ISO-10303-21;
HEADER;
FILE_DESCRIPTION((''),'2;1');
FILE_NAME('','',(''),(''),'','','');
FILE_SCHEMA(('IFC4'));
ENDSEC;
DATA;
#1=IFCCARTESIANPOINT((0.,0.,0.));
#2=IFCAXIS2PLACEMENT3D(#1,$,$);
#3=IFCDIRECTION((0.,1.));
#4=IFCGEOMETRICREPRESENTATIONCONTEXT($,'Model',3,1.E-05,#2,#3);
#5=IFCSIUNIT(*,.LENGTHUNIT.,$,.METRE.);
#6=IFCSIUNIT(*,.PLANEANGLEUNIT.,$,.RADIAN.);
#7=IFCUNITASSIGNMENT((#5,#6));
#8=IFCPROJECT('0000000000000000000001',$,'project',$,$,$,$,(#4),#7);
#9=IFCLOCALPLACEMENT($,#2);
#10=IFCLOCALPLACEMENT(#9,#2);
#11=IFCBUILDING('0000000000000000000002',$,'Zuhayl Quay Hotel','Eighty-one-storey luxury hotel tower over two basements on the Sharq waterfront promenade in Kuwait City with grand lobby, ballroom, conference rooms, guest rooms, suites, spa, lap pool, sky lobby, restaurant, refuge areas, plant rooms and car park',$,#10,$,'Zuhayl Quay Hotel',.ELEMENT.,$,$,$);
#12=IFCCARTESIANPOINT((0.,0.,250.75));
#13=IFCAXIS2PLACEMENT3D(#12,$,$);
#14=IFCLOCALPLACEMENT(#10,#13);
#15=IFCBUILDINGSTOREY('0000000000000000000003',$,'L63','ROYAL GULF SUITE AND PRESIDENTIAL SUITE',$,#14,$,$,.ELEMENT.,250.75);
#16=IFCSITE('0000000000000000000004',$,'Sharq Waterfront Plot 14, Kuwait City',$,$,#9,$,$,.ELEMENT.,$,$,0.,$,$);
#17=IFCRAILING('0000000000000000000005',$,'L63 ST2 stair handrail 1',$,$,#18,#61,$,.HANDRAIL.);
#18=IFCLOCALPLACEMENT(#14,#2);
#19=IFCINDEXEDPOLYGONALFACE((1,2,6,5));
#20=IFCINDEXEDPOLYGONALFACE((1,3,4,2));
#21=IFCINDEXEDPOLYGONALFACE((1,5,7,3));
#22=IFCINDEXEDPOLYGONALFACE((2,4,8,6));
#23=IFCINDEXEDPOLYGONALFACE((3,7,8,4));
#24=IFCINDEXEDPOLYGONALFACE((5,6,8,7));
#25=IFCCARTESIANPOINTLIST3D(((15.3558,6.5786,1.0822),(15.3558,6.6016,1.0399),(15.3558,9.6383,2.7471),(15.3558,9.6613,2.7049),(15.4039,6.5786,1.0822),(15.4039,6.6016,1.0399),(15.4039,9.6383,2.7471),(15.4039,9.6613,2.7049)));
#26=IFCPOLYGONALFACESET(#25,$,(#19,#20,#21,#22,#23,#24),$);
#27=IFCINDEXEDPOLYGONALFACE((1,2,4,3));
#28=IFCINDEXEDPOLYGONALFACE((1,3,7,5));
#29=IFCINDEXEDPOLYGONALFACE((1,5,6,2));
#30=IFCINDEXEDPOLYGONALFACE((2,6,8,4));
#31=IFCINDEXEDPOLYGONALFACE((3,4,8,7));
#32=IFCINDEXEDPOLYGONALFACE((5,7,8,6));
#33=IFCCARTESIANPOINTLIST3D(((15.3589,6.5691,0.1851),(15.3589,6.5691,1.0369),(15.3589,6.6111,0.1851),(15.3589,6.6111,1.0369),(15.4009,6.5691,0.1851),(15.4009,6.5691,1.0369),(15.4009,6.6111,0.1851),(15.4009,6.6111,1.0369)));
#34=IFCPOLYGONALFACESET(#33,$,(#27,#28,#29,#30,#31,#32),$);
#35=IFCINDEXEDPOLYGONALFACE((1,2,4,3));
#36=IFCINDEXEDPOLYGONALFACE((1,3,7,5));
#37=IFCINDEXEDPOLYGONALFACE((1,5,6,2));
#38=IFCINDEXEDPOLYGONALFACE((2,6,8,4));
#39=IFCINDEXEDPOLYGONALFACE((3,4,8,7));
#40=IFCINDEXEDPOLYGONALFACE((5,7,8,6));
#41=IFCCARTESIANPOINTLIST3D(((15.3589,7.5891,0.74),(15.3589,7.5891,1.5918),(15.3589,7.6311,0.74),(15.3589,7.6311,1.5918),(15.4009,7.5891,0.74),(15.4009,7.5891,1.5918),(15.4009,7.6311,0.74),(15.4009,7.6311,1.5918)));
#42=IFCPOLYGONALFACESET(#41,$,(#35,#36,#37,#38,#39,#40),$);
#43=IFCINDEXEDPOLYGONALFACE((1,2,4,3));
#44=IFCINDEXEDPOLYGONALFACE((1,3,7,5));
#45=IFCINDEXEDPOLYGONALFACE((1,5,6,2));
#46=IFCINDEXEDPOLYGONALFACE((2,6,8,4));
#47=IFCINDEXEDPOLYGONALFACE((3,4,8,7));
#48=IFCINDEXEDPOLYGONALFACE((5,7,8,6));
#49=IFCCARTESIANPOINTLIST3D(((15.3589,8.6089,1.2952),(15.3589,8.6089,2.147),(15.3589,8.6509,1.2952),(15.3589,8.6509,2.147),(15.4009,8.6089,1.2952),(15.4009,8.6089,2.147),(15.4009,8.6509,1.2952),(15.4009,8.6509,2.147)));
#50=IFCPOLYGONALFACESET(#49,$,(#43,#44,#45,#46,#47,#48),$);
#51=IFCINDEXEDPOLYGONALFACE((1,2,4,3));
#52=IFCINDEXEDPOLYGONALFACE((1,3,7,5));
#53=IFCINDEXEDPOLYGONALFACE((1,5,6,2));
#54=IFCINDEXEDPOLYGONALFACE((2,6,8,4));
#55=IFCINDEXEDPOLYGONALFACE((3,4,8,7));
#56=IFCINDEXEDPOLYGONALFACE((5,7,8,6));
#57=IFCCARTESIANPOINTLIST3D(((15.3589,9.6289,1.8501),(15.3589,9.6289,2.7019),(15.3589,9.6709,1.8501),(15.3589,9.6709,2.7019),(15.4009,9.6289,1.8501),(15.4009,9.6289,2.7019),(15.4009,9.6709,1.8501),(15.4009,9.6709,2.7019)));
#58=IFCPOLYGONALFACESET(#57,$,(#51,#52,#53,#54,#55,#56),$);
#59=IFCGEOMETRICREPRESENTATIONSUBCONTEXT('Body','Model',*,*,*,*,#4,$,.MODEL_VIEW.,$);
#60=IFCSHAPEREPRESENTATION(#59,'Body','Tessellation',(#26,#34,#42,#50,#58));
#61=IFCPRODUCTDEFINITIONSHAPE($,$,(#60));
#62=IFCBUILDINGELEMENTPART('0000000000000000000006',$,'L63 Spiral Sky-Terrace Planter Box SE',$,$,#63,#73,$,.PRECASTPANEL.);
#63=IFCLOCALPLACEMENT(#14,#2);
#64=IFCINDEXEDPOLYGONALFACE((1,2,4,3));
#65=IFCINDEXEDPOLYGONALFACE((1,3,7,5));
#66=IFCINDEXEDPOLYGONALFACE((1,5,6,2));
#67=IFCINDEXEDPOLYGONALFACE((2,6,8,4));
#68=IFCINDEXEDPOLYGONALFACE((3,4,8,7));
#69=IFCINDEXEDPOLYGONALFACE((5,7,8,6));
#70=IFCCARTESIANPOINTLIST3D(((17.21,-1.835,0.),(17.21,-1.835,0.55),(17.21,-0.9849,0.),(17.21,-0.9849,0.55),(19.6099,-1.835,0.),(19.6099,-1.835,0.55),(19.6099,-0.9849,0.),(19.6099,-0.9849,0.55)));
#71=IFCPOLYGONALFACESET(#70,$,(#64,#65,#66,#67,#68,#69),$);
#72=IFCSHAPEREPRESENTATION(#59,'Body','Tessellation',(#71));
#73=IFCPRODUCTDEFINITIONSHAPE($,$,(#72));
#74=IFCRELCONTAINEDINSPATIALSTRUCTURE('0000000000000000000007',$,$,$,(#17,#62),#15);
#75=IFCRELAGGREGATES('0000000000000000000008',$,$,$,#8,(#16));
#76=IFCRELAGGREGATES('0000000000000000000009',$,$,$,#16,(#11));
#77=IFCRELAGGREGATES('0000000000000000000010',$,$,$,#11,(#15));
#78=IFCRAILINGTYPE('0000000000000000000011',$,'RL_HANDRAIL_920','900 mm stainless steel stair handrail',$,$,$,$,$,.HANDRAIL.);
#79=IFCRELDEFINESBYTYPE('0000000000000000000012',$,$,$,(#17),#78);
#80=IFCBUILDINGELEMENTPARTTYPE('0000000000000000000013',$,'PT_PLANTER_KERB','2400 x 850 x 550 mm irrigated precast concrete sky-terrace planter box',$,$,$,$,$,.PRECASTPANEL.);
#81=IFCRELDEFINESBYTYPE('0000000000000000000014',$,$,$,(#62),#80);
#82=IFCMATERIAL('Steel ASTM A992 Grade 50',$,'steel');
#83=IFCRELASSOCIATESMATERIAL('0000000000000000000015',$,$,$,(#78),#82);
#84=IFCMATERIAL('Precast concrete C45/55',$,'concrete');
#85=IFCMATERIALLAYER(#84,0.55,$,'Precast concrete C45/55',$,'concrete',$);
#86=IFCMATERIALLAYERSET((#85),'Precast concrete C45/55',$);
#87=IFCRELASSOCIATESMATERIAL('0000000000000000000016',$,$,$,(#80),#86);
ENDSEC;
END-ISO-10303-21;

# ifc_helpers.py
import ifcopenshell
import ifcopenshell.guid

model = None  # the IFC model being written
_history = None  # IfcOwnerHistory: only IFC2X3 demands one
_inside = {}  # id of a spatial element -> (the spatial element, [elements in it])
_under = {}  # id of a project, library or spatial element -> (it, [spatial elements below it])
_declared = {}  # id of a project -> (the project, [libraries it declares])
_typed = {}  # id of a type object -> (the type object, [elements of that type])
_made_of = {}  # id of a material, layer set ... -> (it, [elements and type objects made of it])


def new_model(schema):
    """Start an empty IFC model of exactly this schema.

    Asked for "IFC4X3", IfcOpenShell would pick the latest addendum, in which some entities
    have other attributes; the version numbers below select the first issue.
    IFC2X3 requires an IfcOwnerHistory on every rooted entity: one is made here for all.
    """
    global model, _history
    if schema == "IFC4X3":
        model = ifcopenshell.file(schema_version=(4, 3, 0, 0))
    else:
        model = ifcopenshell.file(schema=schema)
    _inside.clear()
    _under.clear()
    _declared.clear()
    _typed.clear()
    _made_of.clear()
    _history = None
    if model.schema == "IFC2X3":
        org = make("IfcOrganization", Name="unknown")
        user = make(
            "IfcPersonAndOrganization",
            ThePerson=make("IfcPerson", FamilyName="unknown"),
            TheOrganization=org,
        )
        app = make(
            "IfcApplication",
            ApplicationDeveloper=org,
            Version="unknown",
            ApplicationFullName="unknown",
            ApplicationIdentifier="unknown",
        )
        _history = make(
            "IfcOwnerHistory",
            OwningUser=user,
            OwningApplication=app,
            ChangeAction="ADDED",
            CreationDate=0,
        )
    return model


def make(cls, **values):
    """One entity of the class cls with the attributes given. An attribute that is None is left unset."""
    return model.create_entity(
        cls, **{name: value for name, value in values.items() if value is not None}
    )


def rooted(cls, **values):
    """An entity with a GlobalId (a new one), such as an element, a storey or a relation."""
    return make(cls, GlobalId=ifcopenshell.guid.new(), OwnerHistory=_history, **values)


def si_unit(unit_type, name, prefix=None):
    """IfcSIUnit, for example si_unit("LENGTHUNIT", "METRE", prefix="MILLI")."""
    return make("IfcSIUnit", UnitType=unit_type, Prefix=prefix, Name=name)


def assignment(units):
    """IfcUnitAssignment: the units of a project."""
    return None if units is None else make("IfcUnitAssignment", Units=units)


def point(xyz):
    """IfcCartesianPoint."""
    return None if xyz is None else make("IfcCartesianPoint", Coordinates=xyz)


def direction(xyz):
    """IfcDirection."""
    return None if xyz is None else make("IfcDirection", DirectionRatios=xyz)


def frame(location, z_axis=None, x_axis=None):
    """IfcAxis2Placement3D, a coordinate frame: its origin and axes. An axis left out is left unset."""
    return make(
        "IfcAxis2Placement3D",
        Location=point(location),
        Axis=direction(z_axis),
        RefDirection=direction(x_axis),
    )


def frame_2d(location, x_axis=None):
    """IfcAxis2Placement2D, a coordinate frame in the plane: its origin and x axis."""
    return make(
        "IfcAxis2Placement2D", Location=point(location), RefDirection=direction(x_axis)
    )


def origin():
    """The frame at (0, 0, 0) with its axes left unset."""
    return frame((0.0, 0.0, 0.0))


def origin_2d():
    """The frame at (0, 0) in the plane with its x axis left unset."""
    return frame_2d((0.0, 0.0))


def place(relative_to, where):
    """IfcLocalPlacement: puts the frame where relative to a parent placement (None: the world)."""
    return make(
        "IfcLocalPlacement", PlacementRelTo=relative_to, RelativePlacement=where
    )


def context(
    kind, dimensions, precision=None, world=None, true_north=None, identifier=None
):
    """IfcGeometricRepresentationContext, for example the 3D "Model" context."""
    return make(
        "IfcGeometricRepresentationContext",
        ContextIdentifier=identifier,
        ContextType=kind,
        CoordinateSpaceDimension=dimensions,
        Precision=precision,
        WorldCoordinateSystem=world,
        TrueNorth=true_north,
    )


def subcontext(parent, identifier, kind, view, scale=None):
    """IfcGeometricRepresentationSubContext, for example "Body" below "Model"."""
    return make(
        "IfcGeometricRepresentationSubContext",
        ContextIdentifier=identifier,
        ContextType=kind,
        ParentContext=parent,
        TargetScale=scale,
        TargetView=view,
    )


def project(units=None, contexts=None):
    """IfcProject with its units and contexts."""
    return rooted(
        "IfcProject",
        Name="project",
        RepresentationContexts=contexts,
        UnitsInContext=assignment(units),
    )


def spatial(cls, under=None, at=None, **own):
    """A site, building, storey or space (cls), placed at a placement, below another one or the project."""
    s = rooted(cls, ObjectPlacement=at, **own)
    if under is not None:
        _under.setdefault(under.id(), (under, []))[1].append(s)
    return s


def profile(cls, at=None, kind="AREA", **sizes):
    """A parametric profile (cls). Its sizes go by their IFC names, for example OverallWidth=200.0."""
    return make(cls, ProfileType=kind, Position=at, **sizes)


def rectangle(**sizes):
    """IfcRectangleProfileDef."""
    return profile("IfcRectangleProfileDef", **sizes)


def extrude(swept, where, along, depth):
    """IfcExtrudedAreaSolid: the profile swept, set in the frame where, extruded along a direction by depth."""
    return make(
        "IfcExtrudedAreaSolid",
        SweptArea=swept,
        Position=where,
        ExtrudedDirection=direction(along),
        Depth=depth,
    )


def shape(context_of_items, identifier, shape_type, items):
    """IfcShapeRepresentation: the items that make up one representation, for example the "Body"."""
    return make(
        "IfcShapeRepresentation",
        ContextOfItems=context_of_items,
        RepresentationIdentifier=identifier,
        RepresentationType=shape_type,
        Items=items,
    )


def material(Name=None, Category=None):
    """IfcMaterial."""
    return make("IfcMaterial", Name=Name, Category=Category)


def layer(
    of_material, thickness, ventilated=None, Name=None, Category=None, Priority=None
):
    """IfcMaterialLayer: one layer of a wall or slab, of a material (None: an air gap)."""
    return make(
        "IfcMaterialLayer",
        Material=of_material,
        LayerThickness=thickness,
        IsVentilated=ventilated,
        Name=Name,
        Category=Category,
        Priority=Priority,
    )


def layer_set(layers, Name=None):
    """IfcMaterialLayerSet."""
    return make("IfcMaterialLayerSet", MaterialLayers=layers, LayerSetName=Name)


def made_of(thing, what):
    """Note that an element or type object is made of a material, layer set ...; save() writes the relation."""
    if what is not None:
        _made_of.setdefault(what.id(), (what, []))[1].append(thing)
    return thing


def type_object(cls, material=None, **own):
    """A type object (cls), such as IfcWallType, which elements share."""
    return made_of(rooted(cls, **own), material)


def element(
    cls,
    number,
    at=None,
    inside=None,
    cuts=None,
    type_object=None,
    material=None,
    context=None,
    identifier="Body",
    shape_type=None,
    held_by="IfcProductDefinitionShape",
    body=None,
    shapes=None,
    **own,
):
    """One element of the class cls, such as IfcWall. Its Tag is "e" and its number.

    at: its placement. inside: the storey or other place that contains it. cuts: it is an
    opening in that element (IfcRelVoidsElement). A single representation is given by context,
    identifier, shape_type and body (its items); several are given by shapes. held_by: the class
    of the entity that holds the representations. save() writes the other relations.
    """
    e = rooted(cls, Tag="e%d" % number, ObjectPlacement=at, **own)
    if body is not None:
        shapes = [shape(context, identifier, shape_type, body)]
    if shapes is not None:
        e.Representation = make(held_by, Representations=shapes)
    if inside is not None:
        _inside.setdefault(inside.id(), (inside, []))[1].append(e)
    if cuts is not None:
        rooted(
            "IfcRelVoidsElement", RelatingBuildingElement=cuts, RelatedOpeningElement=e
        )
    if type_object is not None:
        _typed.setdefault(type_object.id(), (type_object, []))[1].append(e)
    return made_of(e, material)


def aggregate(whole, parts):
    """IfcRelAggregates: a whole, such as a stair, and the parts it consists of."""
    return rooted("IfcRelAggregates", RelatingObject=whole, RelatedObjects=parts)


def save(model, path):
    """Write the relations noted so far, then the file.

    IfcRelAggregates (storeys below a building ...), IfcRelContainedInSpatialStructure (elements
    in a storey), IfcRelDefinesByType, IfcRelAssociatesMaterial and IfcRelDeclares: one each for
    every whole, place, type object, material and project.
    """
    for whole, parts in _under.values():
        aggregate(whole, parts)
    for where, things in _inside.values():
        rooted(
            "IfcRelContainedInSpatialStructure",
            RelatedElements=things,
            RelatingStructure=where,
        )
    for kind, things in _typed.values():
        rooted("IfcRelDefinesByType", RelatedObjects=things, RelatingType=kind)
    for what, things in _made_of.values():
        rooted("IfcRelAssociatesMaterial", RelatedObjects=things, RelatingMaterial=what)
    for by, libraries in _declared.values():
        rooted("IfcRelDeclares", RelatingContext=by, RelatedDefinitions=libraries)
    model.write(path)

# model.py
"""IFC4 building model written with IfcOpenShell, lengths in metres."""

from ifc_helpers import new_model, si_unit, direction, frame, origin, origin_2d, place, context, subcontext, project, spatial, rectangle, extrude, material, layer, layer_set, type_object, element, save


model = new_model("IFC4")

# Units and contexts
model_context = context("Model", 3, precision=1e-05, world=origin(), true_north=direction((0.0, 1.0)))
body_context = subcontext(model_context, "Body", "Model", "MODEL_VIEW")
ifc_project = project(units=[si_unit("LENGTHUNIT", "METRE"), si_unit("PLANEANGLEUNIT", "RADIAN")], contexts=[model_context])

# Site, building, storey
site_placement = place(None, origin())
site = spatial("IfcSite", under=ifc_project, at=site_placement, Name="Sharq Waterfront Plot 14, Kuwait City", CompositionType="ELEMENT", RefElevation=0.0)
building_placement = place(site_placement, origin())
building = spatial("IfcBuilding", under=site, at=building_placement, Name="Zuhayl Quay Hotel", Description="Eighty-one-storey luxury hotel tower over two basements on the Sharq waterfront promenade in Kuwait City with grand lobby, ballroom, conference rooms, guest rooms, suites, spa, lap pool, sky lobby, restaurant, refuge areas, plant rooms and car park", LongName="Zuhayl Quay Hotel", CompositionType="ELEMENT")
storey_placement = place(building_placement, frame((0.0, 0.0, 250.75)))
storey = spatial("IfcBuildingStorey", under=building, at=storey_placement, Name="L63", Description="ROYAL GULF SUITE AND PRESIDENTIAL SUITE", CompositionType="ELEMENT", Elevation=250.75)

# Shared definitions
ifc_material_1 = material(Name="Steel ASTM A992 Grade 50", Category="steel")

# Shared definitions
ifc_material_2 = material(Name="Precast concrete C45/55", Category="concrete")

# Railing
railing_type_1 = type_object("IfcRailingType", Name="RL_HANDRAIL_920", Description="900 mm stainless steel stair handrail", PredefinedType="HANDRAIL", material=ifc_material_1)
railing_1_placement = place(storey_placement, frame((15.3799, 6.5901, 0.1851)))
element("IfcRailing", 1, at=railing_1_placement, inside=storey, type_object=railing_type_1, Name="L63 ST2 stair handrail 1", PredefinedType="HANDRAIL", context=body_context, shape_type="SweptSolid", body=[
    extrude(rectangle(XDim=0.0481, YDim=0.0481, at=origin_2d()), frame((0.0, 0.0, 0.876), z_axis=(0.0, 0.878372, 0.477978), x_axis=(-1.0, 0.0, 0.0)), (0.0, 0.0, 1.0), 3.4834),
    extrude(rectangle(XDim=0.042, YDim=0.042, at=origin_2d()), origin(), (0.0, 0.0, 1.0), 0.8518),
    extrude(rectangle(XDim=0.042, YDim=0.042, at=origin_2d()), frame((0.0, 1.02, 0.5549)), (0.0, 0.0, 1.0), 0.8518),
    extrude(rectangle(XDim=0.042, YDim=0.042, at=origin_2d()), frame((0.0, 2.0398, 1.1101)), (0.0, 0.0, 1.0), 0.8518),
    extrude(rectangle(XDim=0.042, YDim=0.042, at=origin_2d()), frame((0.0, 3.0598, 1.665)), (0.0, 0.0, 1.0), 0.8518),
])

# Building element part
ifc_layer_1 = layer(ifc_material_2, 0.55, Name="Precast concrete C45/55", Category="concrete")
ifc_layer_set_1 = layer_set([ifc_layer_1], Name="Precast concrete C45/55")
building_element_part_type = type_object("IfcBuildingElementPartType", Name="PT_PLANTER_KERB", Description="2400 x 850 x 550 mm irrigated precast concrete sky-terrace planter box", PredefinedType="PRECASTPANEL", material=ifc_layer_set_1)
building_element_part_placement = place(storey_placement, frame((18.4099, -1.4099, 0.0), z_axis=(0.0, 0.0, 1.0), x_axis=(1.0, 0.0, 0.0)))
element("IfcBuildingElementPart", 2, at=building_element_part_placement, inside=storey, type_object=building_element_part_type, Name="L63 Spiral Sky-Terrace Planter Box SE", PredefinedType="PRECASTPANEL", context=body_context, shape_type="SweptSolid", body=[
    extrude(rectangle(XDim=2.3999, YDim=0.8501, at=origin_2d()), origin(), (0.0, 0.0, 1.0), 0.55),
])

save(model, "model.ifc")
